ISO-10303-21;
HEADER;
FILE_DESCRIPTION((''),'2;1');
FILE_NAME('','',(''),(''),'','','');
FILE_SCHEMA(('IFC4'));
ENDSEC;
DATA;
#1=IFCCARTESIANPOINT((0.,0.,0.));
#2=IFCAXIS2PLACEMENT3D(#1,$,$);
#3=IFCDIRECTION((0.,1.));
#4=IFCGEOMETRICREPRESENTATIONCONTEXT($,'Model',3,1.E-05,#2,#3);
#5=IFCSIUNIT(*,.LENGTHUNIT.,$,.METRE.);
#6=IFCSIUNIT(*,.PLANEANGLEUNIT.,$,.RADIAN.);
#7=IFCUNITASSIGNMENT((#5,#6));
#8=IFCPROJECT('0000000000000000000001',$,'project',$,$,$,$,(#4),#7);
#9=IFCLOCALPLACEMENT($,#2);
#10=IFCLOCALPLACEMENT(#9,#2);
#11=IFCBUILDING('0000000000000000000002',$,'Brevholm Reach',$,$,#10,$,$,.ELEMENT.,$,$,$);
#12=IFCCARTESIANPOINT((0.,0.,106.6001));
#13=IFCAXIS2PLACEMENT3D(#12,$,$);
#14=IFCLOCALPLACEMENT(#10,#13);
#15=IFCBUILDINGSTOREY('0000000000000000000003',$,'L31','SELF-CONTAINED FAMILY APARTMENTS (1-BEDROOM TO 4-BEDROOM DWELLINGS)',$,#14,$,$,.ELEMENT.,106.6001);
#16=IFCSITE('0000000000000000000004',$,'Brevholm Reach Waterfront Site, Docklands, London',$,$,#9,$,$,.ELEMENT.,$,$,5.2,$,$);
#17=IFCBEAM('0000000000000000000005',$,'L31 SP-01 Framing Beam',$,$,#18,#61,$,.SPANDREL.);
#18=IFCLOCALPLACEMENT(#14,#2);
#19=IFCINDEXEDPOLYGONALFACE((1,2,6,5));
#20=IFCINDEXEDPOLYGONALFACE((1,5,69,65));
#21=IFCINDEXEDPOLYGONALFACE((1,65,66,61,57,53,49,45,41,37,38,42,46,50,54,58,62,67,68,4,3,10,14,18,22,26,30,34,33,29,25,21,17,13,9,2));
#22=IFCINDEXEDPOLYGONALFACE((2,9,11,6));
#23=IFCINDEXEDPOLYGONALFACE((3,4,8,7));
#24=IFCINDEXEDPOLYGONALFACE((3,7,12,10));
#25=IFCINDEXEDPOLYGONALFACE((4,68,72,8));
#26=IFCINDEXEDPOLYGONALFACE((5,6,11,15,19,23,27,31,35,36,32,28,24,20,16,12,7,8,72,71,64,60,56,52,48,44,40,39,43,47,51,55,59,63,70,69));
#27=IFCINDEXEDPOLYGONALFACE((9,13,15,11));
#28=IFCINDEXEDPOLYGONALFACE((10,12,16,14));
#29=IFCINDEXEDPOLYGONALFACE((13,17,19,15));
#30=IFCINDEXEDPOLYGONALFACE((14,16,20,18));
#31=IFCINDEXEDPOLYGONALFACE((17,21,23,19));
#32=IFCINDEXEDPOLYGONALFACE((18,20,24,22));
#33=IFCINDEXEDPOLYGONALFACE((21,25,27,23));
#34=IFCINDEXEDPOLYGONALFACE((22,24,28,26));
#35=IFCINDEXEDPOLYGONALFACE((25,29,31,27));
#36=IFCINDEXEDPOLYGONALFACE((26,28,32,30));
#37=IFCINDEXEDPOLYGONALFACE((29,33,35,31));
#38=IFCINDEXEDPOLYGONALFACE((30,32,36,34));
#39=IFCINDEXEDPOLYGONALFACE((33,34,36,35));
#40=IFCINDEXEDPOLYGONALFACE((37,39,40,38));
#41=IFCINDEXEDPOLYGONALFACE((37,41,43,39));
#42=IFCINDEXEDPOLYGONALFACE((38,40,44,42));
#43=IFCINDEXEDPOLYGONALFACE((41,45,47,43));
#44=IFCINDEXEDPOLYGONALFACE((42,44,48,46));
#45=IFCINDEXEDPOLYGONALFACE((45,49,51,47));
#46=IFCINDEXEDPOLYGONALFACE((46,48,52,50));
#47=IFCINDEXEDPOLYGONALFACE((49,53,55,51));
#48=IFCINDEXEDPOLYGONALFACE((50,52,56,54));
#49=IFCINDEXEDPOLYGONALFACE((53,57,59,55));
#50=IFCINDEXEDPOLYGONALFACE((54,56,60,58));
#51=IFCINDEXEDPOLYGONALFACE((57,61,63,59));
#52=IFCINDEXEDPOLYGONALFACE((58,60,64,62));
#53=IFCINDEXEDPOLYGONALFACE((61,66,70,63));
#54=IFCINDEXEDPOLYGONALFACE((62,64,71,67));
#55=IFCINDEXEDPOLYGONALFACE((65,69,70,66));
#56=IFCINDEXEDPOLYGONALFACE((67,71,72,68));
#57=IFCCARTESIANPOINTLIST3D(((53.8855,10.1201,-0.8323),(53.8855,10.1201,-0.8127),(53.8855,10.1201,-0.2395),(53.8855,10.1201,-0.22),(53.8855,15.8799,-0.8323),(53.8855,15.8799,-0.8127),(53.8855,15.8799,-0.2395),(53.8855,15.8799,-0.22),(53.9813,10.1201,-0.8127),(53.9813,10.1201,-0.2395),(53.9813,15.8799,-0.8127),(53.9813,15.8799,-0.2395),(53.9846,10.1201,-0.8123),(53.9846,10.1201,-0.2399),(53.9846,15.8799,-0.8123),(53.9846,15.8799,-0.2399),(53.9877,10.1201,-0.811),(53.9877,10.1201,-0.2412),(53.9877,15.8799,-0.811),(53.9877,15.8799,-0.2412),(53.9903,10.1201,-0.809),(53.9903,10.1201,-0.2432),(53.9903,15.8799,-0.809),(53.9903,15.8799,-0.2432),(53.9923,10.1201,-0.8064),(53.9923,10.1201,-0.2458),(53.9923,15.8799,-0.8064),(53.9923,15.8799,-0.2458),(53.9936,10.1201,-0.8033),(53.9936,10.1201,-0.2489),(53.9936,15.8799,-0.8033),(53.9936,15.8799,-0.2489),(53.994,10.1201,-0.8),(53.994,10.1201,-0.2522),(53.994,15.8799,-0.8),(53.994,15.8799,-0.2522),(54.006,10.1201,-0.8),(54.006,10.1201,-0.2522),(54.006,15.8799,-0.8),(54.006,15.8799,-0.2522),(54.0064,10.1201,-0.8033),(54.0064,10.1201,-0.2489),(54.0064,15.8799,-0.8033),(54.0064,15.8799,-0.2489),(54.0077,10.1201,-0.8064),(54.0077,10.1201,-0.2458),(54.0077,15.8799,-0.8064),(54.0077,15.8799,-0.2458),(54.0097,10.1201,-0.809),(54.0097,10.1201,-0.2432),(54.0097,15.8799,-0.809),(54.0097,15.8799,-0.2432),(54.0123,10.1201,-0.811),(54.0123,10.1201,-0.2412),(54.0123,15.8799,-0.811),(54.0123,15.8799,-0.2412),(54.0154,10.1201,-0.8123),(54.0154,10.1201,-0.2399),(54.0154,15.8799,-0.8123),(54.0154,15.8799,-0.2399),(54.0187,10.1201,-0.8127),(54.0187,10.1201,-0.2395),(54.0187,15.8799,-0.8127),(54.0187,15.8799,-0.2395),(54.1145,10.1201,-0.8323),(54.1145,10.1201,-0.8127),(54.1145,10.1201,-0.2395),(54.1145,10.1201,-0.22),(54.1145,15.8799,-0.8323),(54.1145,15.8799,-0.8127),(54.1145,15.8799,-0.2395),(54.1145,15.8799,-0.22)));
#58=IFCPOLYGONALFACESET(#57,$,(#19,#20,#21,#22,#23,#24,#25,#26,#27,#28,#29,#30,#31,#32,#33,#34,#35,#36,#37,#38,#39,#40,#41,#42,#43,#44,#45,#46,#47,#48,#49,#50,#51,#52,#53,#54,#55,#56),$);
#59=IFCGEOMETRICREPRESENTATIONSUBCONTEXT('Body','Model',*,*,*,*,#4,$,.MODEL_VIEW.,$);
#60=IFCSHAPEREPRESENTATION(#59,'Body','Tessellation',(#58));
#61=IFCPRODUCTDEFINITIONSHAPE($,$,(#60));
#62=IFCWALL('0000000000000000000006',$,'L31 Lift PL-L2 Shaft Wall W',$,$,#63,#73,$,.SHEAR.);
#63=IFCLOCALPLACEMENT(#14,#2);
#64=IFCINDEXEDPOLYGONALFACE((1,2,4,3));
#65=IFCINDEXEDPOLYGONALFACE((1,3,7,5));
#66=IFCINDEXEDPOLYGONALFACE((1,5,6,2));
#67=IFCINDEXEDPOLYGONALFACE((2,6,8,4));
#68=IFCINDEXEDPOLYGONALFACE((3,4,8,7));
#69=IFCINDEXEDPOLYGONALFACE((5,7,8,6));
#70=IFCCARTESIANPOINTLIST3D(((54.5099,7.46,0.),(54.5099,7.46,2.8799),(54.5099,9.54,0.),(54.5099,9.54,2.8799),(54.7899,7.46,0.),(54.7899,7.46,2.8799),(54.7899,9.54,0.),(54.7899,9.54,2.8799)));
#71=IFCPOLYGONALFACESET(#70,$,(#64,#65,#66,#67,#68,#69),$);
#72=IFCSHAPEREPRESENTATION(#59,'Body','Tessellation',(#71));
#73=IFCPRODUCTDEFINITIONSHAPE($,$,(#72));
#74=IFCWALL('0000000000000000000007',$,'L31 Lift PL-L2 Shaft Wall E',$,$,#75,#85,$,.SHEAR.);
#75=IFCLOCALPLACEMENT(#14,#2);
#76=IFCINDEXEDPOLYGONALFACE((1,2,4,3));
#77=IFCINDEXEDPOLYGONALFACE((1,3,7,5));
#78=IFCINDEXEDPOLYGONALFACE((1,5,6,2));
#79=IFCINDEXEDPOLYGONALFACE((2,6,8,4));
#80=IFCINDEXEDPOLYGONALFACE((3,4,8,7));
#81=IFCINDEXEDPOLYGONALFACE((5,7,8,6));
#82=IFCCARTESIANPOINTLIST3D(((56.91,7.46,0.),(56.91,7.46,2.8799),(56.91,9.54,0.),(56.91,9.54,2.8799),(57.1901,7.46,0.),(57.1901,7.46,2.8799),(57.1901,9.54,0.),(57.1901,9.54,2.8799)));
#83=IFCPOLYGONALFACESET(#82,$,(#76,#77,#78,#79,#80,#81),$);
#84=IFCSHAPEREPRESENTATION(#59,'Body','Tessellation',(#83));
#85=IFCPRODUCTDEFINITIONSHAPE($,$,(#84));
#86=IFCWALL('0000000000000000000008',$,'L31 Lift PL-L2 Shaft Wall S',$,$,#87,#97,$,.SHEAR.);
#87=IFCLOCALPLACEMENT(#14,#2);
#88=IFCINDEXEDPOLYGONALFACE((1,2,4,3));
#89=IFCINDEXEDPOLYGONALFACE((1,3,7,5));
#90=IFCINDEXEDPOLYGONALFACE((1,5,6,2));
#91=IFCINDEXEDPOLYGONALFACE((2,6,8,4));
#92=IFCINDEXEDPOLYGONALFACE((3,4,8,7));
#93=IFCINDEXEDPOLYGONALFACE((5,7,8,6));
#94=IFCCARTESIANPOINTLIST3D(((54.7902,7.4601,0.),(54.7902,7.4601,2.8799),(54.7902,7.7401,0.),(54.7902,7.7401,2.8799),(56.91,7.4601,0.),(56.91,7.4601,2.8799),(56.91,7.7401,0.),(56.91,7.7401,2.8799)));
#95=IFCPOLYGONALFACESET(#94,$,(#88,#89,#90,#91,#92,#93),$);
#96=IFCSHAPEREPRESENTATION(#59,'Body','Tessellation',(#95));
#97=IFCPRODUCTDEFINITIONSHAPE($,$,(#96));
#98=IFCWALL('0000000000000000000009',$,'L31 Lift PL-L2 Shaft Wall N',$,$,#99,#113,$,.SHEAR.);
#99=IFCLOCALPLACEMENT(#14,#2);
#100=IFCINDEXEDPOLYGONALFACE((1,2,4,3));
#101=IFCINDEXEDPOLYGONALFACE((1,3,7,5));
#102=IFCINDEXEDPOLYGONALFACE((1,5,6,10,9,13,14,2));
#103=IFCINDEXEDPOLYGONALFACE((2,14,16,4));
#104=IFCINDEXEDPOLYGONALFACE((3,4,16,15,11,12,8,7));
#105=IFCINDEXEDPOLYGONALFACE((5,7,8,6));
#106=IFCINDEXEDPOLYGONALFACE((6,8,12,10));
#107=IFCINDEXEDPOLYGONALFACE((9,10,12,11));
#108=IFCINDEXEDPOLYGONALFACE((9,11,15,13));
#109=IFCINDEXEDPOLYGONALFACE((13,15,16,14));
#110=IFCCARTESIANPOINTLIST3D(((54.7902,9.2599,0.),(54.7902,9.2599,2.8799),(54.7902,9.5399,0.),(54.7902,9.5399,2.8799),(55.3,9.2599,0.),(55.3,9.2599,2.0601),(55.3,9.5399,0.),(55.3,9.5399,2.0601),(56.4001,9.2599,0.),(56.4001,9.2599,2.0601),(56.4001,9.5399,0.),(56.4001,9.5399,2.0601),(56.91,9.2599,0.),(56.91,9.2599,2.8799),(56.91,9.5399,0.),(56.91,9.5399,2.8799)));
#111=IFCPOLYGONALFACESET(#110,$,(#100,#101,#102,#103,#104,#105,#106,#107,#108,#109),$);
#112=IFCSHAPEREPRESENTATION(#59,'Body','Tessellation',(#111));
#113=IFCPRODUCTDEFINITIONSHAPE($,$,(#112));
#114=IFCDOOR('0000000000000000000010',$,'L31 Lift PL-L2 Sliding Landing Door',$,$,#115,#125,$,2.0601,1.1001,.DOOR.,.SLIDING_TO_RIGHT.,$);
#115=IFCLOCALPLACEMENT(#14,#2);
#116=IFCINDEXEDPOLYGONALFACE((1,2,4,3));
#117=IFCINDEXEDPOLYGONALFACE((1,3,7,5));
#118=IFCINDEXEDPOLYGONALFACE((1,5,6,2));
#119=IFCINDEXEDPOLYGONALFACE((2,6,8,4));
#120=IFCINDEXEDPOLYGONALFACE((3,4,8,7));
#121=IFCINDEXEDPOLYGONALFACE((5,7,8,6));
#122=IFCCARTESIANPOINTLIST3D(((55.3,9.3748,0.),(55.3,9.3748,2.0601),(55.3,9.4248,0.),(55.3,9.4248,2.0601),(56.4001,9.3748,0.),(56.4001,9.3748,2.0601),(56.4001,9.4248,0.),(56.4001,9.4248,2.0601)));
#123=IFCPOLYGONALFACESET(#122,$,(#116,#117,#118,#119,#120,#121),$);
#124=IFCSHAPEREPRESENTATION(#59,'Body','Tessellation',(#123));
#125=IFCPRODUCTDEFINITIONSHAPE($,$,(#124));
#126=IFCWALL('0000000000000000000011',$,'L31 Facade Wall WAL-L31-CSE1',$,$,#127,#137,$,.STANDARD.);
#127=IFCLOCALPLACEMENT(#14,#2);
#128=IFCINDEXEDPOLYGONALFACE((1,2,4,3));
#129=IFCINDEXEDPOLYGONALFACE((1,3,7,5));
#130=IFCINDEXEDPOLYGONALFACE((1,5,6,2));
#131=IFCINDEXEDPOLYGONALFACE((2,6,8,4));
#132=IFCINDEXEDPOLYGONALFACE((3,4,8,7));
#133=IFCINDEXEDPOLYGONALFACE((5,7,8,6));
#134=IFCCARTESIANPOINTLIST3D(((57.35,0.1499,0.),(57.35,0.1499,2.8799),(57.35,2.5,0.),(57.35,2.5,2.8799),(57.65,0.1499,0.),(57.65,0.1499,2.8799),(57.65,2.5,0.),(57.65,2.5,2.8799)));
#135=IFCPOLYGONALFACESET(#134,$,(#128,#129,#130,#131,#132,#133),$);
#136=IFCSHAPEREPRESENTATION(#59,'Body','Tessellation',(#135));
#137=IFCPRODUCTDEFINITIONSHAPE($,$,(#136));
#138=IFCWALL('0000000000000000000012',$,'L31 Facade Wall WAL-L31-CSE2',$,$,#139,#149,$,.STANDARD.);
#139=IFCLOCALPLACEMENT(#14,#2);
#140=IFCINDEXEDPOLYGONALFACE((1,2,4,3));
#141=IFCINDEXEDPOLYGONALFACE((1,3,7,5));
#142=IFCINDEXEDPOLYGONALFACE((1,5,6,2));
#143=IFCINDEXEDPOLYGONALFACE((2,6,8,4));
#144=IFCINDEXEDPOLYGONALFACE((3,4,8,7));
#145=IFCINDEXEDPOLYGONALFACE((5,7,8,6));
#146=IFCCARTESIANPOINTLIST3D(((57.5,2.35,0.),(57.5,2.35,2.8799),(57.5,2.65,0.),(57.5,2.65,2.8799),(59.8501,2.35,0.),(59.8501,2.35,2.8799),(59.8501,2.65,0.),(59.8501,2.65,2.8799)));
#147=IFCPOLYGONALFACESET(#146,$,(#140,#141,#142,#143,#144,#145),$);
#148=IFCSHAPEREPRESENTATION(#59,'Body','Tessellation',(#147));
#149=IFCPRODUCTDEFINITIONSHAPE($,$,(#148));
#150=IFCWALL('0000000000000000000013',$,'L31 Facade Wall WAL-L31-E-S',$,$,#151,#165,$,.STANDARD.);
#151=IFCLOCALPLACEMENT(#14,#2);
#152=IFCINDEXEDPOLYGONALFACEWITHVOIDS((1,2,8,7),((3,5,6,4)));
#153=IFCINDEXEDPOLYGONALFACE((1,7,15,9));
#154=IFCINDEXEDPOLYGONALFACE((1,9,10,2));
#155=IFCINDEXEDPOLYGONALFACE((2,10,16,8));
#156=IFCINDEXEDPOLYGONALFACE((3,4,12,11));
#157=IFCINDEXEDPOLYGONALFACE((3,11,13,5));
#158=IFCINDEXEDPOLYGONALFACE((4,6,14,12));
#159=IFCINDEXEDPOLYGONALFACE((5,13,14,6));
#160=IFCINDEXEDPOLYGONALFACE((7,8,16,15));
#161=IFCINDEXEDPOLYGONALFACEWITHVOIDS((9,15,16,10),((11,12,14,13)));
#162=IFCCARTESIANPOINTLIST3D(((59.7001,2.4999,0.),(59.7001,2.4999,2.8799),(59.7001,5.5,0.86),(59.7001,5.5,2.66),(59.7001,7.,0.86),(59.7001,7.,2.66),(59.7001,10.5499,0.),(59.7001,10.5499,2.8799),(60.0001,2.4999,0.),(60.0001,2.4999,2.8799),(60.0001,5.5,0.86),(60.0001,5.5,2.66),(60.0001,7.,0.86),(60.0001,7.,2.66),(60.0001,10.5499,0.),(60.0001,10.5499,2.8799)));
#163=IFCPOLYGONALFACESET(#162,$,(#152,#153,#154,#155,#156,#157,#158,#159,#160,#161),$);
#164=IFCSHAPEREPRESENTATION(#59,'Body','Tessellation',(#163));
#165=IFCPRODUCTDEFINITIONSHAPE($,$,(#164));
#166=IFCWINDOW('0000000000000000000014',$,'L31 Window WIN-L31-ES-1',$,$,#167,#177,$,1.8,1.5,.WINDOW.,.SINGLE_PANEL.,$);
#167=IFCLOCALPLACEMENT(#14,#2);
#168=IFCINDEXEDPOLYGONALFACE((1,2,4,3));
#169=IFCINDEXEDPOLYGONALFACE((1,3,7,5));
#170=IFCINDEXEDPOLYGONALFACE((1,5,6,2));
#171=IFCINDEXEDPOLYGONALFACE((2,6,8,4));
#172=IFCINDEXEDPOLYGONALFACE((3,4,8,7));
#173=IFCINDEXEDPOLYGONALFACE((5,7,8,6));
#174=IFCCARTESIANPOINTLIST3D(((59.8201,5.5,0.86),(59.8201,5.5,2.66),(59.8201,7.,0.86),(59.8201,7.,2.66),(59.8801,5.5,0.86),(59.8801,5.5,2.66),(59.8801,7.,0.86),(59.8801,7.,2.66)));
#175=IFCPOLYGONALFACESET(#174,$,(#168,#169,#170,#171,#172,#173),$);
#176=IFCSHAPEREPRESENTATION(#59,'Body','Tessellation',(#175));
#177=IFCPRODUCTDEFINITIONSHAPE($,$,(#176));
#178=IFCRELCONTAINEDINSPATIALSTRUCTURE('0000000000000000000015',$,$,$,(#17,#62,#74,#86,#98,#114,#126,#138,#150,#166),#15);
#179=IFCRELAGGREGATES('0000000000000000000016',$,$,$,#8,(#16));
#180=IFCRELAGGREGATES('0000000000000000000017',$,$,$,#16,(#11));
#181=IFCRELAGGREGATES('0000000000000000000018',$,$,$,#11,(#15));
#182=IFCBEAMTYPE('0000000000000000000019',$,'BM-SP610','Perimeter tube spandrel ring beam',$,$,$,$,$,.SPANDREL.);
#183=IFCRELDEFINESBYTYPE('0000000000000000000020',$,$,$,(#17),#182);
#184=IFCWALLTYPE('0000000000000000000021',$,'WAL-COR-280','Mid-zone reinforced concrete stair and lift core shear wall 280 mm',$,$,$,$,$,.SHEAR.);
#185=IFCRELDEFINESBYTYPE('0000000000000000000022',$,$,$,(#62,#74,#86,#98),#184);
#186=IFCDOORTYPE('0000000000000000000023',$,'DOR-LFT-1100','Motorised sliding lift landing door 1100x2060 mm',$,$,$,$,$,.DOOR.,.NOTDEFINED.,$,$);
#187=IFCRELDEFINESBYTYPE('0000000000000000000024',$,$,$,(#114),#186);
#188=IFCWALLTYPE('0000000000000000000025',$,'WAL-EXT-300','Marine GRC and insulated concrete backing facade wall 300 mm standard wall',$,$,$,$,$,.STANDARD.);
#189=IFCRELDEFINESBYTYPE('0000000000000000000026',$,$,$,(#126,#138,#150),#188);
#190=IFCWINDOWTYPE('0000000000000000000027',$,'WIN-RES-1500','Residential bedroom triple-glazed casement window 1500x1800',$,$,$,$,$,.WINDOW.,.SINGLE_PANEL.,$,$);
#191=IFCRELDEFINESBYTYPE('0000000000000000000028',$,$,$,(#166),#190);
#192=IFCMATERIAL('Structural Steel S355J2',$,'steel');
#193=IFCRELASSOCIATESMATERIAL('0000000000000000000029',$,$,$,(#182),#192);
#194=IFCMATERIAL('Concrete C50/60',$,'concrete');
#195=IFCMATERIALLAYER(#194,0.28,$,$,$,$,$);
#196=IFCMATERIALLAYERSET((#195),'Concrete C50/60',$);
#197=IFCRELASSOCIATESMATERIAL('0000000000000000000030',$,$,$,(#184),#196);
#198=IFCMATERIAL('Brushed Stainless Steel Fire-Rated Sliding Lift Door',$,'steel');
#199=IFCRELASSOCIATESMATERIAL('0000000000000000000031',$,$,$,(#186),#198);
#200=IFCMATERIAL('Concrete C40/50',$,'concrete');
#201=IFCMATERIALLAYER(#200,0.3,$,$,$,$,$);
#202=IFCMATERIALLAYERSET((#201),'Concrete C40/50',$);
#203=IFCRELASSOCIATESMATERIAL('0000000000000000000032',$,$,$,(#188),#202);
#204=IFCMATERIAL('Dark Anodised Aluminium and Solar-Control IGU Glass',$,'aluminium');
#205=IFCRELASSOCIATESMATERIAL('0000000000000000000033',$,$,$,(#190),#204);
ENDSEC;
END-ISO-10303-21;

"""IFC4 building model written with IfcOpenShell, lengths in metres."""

from ifc_helpers import new_model, si_unit, direction, frame, frame_2d, origin, origin_2d, place, context, subcontext, project, spatial, rectangle, i_section, extrude, material, layer, layer_set, material_profile, profile_set, type_object, element, fill, save


model = new_model("IFC4")

# Units and contexts
model_context = context("Model", 3, precision=1e-05, world=origin(), true_north=direction((0.0, 1.0)))
body_context = subcontext(model_context, "Body", "Model", "MODEL_VIEW")
ifc_project = project(units=[si_unit("LENGTHUNIT", "METRE"), si_unit("PLANEANGLEUNIT", "RADIAN")], contexts=[model_context])

# Site, building, storey
site_placement = place(None, origin())
site = spatial("IfcSite", under=ifc_project, at=site_placement, Name="Brevholm Reach Waterfront Site, Docklands, London", CompositionType="ELEMENT", RefElevation=5.2)
building_placement = place(site_placement, origin())
building = spatial("IfcBuilding", under=site, at=building_placement, Name="Brevholm Reach", CompositionType="ELEMENT")
storey_placement = place(building_placement, frame((0.0, 0.0, 106.6001)))
storey = spatial("IfcBuildingStorey", under=building, at=storey_placement, Name="L31", Description="SELF-CONTAINED FAMILY APARTMENTS (1-BEDROOM TO 4-BEDROOM DWELLINGS)", CompositionType="ELEMENT", Elevation=106.6001)

# Beam
ifc_material_1 = material(Name="Structural Steel S355J2", Category="steel")
ifc_material_profile_1 = material_profile(ifc_material_1, i_section(OverallWidth=0.229, OverallDepth=0.6123, WebThickness=0.012, FlangeThickness=0.0195, FilletRadius=0.0127, at=origin_2d()), Name="UKB 610x229x125")
ifc_profile_set_1 = profile_set([ifc_material_profile_1], Name="Structural Steel S355J2")
beam_type = type_object("IfcBeamType", Name="BM-SP610", Description="Perimeter tube spandrel ring beam", PredefinedType="SPANDREL", material=ifc_profile_set_1)
for number, where, z_axis, x_axis, name in (
    (1, (54.0, 10.1201, -0.5261), (0.0, 1.0, 0.0), (-1.0, 0.0, 0.0), "L31 SP-01 Framing Beam"),
):
    element("IfcBeam", number, at=place(storey_placement, frame(where, z_axis=z_axis, x_axis=x_axis)), inside=storey, type_object=beam_type, Name=name, PredefinedType="SPANDREL", context=body_context, shape_type="SweptSolid", body=[
        extrude(i_section(OverallWidth=0.229, OverallDepth=0.6123, WebThickness=0.012, FlangeThickness=0.0195, FilletRadius=0.0127, at=origin_2d()), origin(), (0.0, 0.0, 1.0), 5.7598),
    ])

# Walls
ifc_material_2 = material(Name="Concrete C50/60", Category="concrete")
ifc_layer_1 = layer(ifc_material_2, 0.28)
ifc_layer_set_1 = layer_set([ifc_layer_1], Name="Concrete C50/60")
wall_type_1 = type_object("IfcWallType", Name="WAL-COR-280", Description="Mid-zone reinforced concrete stair and lift core shear wall 280 mm", PredefinedType="SHEAR", material=ifc_layer_set_1)
for number, where, z_axis, x_axis, name in (
    (2, (54.6499, 7.46, 0.0), (0.0, 0.0, 1.0), (0.0, 1.0, 0.0), "L31 Lift PL-L2 Shaft Wall W"),
    (3, (57.05, 7.46, 0.0), (0.0, 0.0, 1.0), (0.0, 1.0, 0.0), "L31 Lift PL-L2 Shaft Wall E"),
):
    element("IfcWall", number, at=place(storey_placement, frame(where, z_axis=z_axis, x_axis=x_axis)), inside=storey, type_object=wall_type_1, Name=name, PredefinedType="SHEAR", context=body_context, shape_type="SweptSolid", body=[
        extrude(rectangle(XDim=2.0801, YDim=0.28, at=frame_2d((1.04, 0.0))), origin(), (0.0, 0.0, 1.0), 2.8799),
    ])
wall_1_placement = place(storey_placement, frame((54.79, 7.6001, 0.0), z_axis=(0.0, 0.0, 1.0), x_axis=(1.0, 0.0, 0.0)))
element("IfcWall", 4, at=wall_1_placement, inside=storey, type_object=wall_type_1, Name="L31 Lift PL-L2 Shaft Wall S", PredefinedType="SHEAR", context=body_context, shape_type="SweptSolid", body=[
    extrude(rectangle(XDim=2.1199, YDim=0.28, at=frame_2d((1.0601, 0.0))), origin(), (0.0, 0.0, 1.0), 2.8799),
])

# Wall, opening, door
wall_2_placement = place(storey_placement, frame((54.79, 9.3999, 0.0), z_axis=(0.0, 0.0, 1.0), x_axis=(1.0, 0.0, 0.0)))
wall_2 = element("IfcWall", 5, at=wall_2_placement, inside=storey, type_object=wall_type_1, Name="L31 Lift PL-L2 Shaft Wall N", PredefinedType="SHEAR", context=body_context, shape_type="SweptSolid", body=[
    extrude(rectangle(XDim=2.1199, YDim=0.28, at=frame_2d((1.0601, 0.0))), origin(), (0.0, 0.0, 1.0), 2.8799),
])
opening_1_placement = place(wall_2_placement, frame((0.51, 0.0, 0.0)))
opening_1 = element("IfcOpeningElement", 6, at=opening_1_placement, cuts=wall_2, PredefinedType="OPENING", context=body_context, shape_type="SweptSolid", body=[
    extrude(rectangle(XDim=1.1001, YDim=2.0601, at=frame_2d((0.55, 1.03))), frame((0.0, 0.1499, 0.0), z_axis=(0.0, -1.0, 0.0), x_axis=(1.0, 0.0, 0.0)), (0.0, 0.0, 1.0), 0.3),
])
ifc_material_3 = material(Name="Brushed Stainless Steel Fire-Rated Sliding Lift Door", Category="steel")
door_type_1 = type_object("IfcDoorType", Name="DOR-LFT-1100", Description="Motorised sliding lift landing door 1100x2060 mm", OperationType="NOTDEFINED", PredefinedType="DOOR", material=ifc_material_3)
door_1_placement = place(opening_1_placement, origin())
door_1 = element("IfcDoor", 7, at=door_1_placement, inside=storey, type_object=door_type_1, Name="L31 Lift PL-L2 Sliding Landing Door", OperationType="SLIDING_TO_RIGHT", OverallHeight=2.0601, OverallWidth=1.1001, PredefinedType="DOOR", context=body_context, shape_type="SweptSolid", body=[
    extrude(rectangle(XDim=1.1001, YDim=2.0601, at=frame_2d((0.55, 1.03))), frame((0.0, 0.0249, 0.0), z_axis=(0.0, -1.0, 0.0), x_axis=(1.0, 0.0, 0.0)), (0.0, 0.0, 1.0), 0.05),
])
fill(opening_1, door_1)

# Walls
ifc_material_4 = material(Name="Concrete C40/50", Category="concrete")
ifc_layer_2 = layer(ifc_material_4, 0.3)
ifc_layer_set_2 = layer_set([ifc_layer_2], Name="Concrete C40/50")
wall_type_2 = type_object("IfcWallType", Name="WAL-EXT-300", Description="Marine GRC and insulated concrete backing facade wall 300 mm standard wall", PredefinedType="STANDARD", material=ifc_layer_set_2)
for number, where, z_axis, x_axis, name in (
    (8, (57.5, 0.1499, 0.0), (0.0, 0.0, 1.0), (0.0, 1.0, 0.0), "L31 Facade Wall WAL-L31-CSE1"),
    (9, (57.5, 2.5, 0.0), (0.0, 0.0, 1.0), (1.0, 0.0, 0.0), "L31 Facade Wall WAL-L31-CSE2"),
):
    element("IfcWall", number, at=place(storey_placement, frame(where, z_axis=z_axis, x_axis=x_axis)), inside=storey, type_object=wall_type_2, Name=name, PredefinedType="STANDARD", context=body_context, shape_type="SweptSolid", body=[
        extrude(rectangle(XDim=2.3501, YDim=0.3, at=frame_2d((1.175, 0.0))), origin(), (0.0, 0.0, 1.0), 2.8799),
    ])

# Wall, opening, window
wall_3_placement = place(storey_placement, frame((59.8501, 2.5, 0.0), z_axis=(0.0, 0.0, 1.0), x_axis=(0.0, 1.0, 0.0)))
wall_3 = element("IfcWall", 10, at=wall_3_placement, inside=storey, type_object=wall_type_2, Name="L31 Facade Wall WAL-L31-E-S", PredefinedType="STANDARD", context=body_context, shape_type="SweptSolid", body=[
    extrude(rectangle(XDim=8.05, YDim=0.3, at=frame_2d((4.0249, 0.0))), origin(), (0.0, 0.0, 1.0), 2.8799),
])
opening_2_placement = place(wall_3_placement, frame((3.0, 0.0, 0.8601)))
opening_2 = element("IfcOpeningElement", 11, at=opening_2_placement, cuts=wall_3, PredefinedType="OPENING", context=body_context, shape_type="SweptSolid", body=[
    extrude(rectangle(XDim=1.5, YDim=1.8, at=frame_2d((0.75, 0.8999))), frame((0.0, 0.1599, 0.0), z_axis=(0.0, -1.0, 0.0), x_axis=(1.0, 0.0, 0.0)), (0.0, 0.0, 1.0), 0.3201),
])
ifc_material_5 = material(Name="Dark Anodised Aluminium and Solar-Control IGU Glass", Category="aluminium")
window_type = type_object("IfcWindowType", Name="WIN-RES-1500", Description="Residential bedroom triple-glazed casement window 1500x1800", PartitioningType="SINGLE_PANEL", PredefinedType="WINDOW", material=ifc_material_5)
window_placement = place(opening_2_placement, origin())
window = element("IfcWindow", 12, at=window_placement, inside=storey, type_object=window_type, Name="L31 Window WIN-L31-ES-1", OverallHeight=1.8, OverallWidth=1.5, PartitioningType="SINGLE_PANEL", PredefinedType="WINDOW", context=body_context, shape_type="SweptSolid", body=[
    extrude(rectangle(XDim=1.5, YDim=1.8, at=frame_2d((0.75, 0.8999))), frame((0.0, 0.03, 0.0), z_axis=(0.0, -1.0, 0.0), x_axis=(1.0, 0.0, 0.0)), (0.0, 0.0, 1.0), 0.0601),
])
fill(opening_2, window)

save(model, "model.ifc")
